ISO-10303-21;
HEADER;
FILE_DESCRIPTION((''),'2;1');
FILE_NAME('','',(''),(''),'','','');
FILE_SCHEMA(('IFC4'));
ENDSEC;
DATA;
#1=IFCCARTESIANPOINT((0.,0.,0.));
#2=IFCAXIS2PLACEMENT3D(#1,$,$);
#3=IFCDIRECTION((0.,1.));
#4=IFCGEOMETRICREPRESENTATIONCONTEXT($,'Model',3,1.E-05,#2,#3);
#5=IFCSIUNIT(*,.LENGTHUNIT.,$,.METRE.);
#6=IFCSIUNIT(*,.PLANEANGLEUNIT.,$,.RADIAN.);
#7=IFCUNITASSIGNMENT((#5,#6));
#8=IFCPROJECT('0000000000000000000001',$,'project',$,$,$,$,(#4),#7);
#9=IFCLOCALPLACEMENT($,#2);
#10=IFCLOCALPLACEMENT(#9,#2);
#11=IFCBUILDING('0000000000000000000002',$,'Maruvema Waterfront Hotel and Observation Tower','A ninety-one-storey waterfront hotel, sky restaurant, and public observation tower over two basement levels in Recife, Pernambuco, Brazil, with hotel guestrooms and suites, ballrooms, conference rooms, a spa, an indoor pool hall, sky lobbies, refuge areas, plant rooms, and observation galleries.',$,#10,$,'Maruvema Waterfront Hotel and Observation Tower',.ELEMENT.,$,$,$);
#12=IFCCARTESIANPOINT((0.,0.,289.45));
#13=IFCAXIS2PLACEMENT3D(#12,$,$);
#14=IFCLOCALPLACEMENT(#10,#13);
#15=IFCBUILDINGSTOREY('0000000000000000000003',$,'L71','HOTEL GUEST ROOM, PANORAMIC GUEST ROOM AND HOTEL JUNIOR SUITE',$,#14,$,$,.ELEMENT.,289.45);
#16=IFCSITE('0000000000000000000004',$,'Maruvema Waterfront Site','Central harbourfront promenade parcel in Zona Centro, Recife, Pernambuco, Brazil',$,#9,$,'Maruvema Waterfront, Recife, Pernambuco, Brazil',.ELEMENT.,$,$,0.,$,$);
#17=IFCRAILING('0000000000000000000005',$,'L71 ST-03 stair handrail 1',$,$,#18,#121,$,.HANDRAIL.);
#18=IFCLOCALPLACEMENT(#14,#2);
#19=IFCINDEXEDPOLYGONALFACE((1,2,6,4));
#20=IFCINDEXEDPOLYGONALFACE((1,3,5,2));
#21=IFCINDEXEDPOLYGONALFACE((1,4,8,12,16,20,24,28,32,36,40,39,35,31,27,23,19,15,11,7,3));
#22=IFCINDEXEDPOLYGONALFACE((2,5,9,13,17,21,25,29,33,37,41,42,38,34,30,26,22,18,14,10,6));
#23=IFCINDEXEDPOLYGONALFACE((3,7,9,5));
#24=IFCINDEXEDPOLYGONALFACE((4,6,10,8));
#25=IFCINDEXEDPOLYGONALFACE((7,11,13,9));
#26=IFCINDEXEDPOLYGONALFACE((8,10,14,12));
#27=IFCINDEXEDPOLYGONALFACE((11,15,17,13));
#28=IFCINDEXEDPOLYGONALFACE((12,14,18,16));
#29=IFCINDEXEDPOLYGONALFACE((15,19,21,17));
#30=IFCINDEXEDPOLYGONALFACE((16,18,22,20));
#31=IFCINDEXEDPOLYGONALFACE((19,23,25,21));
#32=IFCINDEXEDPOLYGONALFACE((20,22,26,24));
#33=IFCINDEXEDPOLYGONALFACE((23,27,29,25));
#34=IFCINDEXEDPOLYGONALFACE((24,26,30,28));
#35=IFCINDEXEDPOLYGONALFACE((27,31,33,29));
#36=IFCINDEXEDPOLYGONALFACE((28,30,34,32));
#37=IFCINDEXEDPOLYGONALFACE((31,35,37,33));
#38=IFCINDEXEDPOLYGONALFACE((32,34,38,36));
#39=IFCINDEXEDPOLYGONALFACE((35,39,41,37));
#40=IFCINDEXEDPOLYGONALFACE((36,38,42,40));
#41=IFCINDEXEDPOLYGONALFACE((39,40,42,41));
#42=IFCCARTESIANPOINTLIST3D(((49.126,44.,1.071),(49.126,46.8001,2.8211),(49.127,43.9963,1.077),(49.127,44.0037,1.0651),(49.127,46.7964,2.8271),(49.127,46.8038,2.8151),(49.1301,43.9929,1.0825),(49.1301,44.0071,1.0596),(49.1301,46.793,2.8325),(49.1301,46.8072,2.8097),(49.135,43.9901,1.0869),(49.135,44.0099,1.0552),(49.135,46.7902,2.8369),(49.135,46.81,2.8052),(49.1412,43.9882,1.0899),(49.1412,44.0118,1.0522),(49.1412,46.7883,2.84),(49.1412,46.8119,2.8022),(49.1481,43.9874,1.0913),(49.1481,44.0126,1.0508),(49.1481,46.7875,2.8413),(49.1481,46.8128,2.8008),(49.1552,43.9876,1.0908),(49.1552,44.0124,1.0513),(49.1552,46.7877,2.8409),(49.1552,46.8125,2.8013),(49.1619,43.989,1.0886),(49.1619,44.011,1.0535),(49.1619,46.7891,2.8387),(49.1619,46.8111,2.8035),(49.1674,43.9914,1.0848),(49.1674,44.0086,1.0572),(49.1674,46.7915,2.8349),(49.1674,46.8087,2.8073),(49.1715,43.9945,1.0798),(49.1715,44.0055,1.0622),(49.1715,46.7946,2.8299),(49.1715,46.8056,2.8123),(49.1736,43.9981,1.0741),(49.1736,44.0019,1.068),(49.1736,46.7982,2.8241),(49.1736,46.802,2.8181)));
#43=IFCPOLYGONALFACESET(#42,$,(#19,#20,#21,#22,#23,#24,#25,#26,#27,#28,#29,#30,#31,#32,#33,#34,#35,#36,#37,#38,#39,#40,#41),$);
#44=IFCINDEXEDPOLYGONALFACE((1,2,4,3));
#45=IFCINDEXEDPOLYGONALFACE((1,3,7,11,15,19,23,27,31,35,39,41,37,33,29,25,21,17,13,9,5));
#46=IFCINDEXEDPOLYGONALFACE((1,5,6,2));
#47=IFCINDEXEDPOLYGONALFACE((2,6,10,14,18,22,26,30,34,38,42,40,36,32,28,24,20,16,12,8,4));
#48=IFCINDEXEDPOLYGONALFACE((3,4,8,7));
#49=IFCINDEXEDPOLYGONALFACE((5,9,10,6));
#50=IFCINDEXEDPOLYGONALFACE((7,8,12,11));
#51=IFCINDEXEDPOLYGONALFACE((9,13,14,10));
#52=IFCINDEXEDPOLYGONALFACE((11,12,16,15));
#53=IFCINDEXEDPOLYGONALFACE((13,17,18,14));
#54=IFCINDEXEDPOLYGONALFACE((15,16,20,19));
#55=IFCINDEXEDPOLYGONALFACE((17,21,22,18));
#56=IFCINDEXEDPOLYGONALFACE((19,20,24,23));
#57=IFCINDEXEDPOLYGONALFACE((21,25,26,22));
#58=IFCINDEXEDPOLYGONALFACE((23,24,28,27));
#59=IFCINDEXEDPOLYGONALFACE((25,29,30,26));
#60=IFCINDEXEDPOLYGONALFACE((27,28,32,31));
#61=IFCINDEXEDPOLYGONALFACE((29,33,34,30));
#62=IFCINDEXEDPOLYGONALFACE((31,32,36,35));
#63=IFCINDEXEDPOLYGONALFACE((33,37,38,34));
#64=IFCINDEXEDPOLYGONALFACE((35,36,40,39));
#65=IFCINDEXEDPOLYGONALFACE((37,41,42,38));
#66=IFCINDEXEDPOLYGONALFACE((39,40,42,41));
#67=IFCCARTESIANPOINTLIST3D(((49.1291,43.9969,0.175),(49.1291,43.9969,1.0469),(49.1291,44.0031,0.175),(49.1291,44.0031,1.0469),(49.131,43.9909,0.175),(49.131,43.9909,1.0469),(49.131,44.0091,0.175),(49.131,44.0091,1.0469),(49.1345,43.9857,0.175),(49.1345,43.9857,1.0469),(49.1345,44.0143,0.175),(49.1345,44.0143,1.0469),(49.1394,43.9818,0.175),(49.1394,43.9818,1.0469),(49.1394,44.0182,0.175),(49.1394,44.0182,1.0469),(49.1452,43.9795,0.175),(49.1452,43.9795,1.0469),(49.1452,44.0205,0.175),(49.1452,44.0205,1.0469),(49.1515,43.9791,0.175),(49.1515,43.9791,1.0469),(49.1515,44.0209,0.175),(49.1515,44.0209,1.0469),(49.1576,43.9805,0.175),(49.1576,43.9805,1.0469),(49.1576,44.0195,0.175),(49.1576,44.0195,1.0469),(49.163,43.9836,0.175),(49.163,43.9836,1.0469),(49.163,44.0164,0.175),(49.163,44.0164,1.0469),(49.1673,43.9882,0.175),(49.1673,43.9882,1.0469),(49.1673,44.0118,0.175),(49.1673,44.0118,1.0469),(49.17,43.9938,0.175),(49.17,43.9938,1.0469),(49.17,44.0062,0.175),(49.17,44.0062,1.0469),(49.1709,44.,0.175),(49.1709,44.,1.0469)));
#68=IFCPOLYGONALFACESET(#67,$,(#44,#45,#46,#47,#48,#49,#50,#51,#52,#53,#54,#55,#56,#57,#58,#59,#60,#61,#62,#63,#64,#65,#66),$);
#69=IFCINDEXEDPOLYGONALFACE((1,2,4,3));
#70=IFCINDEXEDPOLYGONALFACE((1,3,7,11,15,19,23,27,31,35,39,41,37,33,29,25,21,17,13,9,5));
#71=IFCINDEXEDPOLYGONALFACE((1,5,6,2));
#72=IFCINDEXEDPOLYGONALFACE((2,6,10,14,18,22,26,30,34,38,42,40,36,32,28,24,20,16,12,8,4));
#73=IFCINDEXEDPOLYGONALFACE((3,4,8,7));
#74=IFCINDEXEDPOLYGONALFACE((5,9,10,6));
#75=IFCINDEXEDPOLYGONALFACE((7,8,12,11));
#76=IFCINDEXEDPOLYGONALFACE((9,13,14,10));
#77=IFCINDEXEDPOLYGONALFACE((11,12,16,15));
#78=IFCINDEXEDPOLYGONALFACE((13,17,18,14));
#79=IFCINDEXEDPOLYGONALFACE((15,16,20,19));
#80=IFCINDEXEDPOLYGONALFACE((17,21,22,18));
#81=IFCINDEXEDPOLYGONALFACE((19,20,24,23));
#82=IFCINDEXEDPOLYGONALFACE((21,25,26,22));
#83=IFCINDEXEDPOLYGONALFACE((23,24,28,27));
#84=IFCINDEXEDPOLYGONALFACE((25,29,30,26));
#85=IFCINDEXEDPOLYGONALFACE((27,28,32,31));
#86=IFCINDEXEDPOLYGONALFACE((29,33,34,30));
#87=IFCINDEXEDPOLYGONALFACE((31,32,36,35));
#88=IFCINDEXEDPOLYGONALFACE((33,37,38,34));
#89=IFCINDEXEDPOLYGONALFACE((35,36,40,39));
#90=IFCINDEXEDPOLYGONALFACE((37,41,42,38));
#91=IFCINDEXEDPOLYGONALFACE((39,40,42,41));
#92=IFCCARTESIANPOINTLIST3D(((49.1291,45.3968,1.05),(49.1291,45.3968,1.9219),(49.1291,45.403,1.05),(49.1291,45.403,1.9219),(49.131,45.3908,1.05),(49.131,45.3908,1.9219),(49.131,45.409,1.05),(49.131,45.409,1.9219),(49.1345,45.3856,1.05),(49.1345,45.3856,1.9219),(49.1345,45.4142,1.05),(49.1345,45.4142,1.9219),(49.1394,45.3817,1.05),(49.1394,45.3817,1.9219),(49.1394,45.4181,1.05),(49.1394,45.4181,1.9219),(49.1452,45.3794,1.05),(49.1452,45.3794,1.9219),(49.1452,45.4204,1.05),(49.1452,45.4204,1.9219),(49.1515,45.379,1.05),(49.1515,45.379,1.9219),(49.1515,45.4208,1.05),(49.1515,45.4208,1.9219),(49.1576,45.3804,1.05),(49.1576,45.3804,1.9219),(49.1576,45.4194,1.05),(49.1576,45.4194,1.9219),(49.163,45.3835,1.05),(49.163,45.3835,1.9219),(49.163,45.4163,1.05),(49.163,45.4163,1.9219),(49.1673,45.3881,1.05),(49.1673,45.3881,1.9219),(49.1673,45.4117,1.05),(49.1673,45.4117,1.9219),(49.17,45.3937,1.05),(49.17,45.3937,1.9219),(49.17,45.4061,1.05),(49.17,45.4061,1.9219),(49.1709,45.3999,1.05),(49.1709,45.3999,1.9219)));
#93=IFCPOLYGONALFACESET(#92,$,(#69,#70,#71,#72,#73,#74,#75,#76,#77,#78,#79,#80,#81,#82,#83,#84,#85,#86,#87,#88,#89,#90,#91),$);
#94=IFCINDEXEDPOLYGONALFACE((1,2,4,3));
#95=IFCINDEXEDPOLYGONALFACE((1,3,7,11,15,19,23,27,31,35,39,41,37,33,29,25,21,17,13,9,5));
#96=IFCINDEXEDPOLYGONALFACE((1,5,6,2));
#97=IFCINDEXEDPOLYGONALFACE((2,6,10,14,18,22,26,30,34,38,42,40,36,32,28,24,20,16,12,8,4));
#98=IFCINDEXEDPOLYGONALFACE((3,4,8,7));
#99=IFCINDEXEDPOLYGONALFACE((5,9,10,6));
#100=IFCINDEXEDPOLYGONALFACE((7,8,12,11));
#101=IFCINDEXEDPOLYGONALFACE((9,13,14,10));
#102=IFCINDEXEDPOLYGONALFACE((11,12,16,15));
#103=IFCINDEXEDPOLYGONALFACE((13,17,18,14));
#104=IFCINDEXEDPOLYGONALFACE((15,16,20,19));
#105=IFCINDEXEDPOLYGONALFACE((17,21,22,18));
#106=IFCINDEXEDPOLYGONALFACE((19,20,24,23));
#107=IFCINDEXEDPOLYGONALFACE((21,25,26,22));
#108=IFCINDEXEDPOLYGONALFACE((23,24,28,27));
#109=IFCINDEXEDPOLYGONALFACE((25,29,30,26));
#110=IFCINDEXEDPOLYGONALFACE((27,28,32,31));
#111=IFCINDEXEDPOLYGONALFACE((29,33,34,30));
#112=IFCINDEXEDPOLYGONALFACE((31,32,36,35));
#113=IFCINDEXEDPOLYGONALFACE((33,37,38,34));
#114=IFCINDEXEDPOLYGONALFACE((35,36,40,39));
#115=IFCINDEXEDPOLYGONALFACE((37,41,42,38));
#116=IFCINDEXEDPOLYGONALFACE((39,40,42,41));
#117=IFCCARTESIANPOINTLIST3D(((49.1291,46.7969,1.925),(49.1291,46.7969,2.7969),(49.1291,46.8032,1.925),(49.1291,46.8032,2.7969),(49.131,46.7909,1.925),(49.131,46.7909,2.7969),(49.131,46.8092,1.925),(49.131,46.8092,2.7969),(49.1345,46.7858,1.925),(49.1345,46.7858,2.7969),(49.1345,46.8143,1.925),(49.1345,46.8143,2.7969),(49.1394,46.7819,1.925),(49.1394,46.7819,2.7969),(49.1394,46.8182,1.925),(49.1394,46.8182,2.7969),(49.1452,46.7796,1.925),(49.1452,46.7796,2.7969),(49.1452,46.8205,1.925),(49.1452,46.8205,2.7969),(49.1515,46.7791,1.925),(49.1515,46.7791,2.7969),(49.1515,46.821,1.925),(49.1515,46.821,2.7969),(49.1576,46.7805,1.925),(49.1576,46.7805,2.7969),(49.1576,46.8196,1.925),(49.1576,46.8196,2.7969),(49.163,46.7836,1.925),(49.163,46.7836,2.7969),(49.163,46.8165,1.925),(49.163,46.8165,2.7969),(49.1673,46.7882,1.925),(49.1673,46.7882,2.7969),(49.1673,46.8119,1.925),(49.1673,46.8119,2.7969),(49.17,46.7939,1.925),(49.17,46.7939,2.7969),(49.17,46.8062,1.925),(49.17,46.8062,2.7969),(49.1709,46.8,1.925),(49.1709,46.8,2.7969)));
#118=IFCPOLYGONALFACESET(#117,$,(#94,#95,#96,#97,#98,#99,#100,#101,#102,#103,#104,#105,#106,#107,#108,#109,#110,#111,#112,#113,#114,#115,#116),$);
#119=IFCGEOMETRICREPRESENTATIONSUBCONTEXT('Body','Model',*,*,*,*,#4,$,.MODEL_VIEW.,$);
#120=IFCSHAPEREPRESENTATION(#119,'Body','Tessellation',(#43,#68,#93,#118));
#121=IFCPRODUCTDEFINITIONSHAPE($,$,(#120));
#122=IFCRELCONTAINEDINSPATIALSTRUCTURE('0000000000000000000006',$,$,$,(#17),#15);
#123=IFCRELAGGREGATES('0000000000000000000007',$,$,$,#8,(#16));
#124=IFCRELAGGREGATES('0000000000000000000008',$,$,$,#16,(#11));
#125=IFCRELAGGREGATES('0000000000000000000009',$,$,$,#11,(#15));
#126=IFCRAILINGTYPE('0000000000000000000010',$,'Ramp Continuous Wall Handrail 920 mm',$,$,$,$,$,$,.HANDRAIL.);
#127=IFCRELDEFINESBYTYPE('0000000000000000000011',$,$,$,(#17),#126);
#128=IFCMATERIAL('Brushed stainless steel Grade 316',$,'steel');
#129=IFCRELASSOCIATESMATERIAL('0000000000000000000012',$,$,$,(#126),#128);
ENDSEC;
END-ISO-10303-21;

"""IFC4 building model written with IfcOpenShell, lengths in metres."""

from ifc_helpers import new_model, si_unit, direction, frame, origin, origin_2d, place, context, subcontext, project, spatial, circle, extrude, material, type_object, element, save


model = new_model("IFC4")

# Units and contexts
model_context = context("Model", 3, precision=1e-05, world=origin(), true_north=direction((0.0, 1.0)))
body_context = subcontext(model_context, "Body", "Model", "MODEL_VIEW")
ifc_project = project(units=[si_unit("LENGTHUNIT", "METRE"), si_unit("PLANEANGLEUNIT", "RADIAN")], contexts=[model_context])

# Site, building, storey
site_placement = place(None, origin())
site = spatial("IfcSite", under=ifc_project, at=site_placement, Name="Maruvema Waterfront Site", Description="Central harbourfront promenade parcel in Zona Centro, Recife, Pernambuco, Brazil", LongName="Maruvema Waterfront, Recife, Pernambuco, Brazil", CompositionType="ELEMENT", RefElevation=0.0)
building_placement = place(site_placement, origin())
building = spatial("IfcBuilding", under=site, at=building_placement, Name="Maruvema Waterfront Hotel and Observation Tower", Description="A ninety-one-storey waterfront hotel, sky restaurant, and public observation tower over two basement levels in Recife, Pernambuco, Brazil, with hotel guestrooms and suites, ballrooms, conference rooms, a spa, an indoor pool hall, sky lobbies, refuge areas, plant rooms, and observation galleries.", LongName="Maruvema Waterfront Hotel and Observation Tower", CompositionType="ELEMENT")
storey_placement = place(building_placement, frame((0.0, 0.0, 289.45)))
storey = spatial("IfcBuildingStorey", under=building, at=storey_placement, Name="L71", Description="HOTEL GUEST ROOM, PANORAMIC GUEST ROOM AND HOTEL JUNIOR SUITE", CompositionType="ELEMENT", Elevation=289.45)

# Railing
ifc_material_1 = material(Name="Brushed stainless steel Grade 316", Category="steel")
railing_type_1 = type_object("IfcRailingType", Name="Ramp Continuous Wall Handrail 920 mm", PredefinedType="HANDRAIL", material=ifc_material_1)
railing_1_placement = place(storey_placement, frame((49.1499, 44.0, 0.175)))
element("IfcRailing", 1, at=railing_1_placement, inside=storey, type_object=railing_type_1, Name="L71 ST-03 stair handrail 1", PredefinedType="HANDRAIL", context=body_context, shape_type="SweptSolid", body=[
    extrude(circle(Radius=0.0239, at=origin_2d()), frame((0.0, 0.0, 0.896), z_axis=(0.0, 0.848002, 0.529992), x_axis=(-1.0, 0.0, 0.0)), (0.0, 0.0, 1.0), 3.302),
    extrude(circle(Radius=0.021, at=origin_2d()), origin(), (0.0, 0.0, 1.0), 0.8718),
    extrude(circle(Radius=0.021, at=origin_2d()), frame((0.0, 1.3999, 0.875)), (0.0, 0.0, 1.0), 0.8718),
    extrude(circle(Radius=0.021, at=origin_2d()), frame((0.0, 2.8, 1.75)), (0.0, 0.0, 1.0), 0.8718),
])

save(model, "model.ifc")
